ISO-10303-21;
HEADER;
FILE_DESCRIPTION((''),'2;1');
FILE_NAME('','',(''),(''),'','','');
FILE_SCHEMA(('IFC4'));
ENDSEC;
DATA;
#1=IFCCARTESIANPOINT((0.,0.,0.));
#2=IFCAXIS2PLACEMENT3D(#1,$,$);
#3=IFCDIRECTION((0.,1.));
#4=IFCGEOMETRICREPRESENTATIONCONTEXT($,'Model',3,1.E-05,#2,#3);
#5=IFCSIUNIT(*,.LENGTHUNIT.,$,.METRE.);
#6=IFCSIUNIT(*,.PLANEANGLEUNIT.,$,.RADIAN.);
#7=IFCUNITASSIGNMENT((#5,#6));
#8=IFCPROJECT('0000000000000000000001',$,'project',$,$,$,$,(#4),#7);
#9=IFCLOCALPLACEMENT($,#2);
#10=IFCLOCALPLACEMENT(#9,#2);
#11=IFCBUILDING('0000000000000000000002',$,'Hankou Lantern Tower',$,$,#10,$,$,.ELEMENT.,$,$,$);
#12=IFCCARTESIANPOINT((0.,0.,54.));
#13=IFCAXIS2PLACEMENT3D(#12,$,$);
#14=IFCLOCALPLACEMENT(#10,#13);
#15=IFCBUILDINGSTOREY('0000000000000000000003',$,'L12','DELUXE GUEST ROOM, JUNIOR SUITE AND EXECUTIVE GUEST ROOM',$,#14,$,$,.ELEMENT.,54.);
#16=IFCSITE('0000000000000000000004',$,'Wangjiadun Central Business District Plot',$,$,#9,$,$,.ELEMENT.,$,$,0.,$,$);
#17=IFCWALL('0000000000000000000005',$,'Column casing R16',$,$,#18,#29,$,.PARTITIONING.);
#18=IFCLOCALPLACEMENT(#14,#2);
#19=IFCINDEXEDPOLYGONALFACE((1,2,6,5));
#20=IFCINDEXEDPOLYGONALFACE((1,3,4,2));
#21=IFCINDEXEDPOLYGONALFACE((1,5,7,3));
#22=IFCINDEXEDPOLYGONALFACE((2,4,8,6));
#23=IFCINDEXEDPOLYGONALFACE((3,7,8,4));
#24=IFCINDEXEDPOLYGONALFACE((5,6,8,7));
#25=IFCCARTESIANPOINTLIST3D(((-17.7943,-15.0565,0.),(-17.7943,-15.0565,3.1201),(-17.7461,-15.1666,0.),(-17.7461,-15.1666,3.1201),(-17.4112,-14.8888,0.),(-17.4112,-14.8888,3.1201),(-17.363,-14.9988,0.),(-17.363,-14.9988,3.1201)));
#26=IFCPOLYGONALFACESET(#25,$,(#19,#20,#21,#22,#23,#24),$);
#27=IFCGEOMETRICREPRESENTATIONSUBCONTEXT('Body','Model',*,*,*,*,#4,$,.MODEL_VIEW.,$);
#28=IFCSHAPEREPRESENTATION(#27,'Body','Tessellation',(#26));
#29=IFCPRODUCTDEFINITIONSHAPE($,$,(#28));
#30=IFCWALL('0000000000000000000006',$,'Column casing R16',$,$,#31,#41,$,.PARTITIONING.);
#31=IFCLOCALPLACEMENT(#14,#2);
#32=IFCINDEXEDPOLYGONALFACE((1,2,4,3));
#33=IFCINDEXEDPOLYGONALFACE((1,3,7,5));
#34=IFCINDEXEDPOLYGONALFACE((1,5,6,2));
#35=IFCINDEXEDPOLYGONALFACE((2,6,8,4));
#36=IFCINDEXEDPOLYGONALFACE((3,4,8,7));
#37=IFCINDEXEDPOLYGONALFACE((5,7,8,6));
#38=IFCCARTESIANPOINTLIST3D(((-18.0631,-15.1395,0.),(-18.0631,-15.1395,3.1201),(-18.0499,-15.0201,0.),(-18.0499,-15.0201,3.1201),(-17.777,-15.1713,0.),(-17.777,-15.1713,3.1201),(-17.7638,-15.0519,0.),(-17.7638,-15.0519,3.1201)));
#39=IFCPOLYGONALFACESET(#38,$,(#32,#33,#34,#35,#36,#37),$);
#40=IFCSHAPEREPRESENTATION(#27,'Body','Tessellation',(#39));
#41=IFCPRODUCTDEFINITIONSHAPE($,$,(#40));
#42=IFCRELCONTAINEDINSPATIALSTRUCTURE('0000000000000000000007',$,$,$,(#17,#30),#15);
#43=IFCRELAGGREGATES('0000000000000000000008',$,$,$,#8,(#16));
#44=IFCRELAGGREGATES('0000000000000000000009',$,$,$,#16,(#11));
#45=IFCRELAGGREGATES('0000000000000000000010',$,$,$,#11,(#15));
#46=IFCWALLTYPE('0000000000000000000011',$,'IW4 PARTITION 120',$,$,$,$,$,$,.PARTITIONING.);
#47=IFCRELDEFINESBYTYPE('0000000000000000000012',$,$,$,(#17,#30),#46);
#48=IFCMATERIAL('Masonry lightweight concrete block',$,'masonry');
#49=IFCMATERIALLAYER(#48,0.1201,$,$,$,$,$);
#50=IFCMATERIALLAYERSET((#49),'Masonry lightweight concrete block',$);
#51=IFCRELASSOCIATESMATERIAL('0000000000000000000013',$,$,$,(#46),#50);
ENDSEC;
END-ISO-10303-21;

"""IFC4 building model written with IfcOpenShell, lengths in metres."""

from ifc_helpers import new_model, si_unit, direction, frame, frame_2d, origin, place, context, subcontext, project, spatial, rectangle, extrude, material, layer, layer_set, type_object, element, save


model = new_model("IFC4")

# Units and contexts
model_context = context("Model", 3, precision=1e-05, world=origin(), true_north=direction((0.0, 1.0)))
body_context = subcontext(model_context, "Body", "Model", "MODEL_VIEW")
ifc_project = project(units=[si_unit("LENGTHUNIT", "METRE"), si_unit("PLANEANGLEUNIT", "RADIAN")], contexts=[model_context])

# Site, building, storey
site_placement = place(None, origin())
site = spatial("IfcSite", under=ifc_project, at=site_placement, Name="Wangjiadun Central Business District Plot", CompositionType="ELEMENT", RefElevation=0.0)
building_placement = place(site_placement, origin())
building = spatial("IfcBuilding", under=site, at=building_placement, Name="Hankou Lantern Tower", CompositionType="ELEMENT")
storey_placement = place(building_placement, frame((0.0, 0.0, 54.0)))
storey = spatial("IfcBuildingStorey", under=building, at=storey_placement, Name="L12", Description="DELUXE GUEST ROOM, JUNIOR SUITE AND EXECUTIVE GUEST ROOM", CompositionType="ELEMENT", Elevation=54.0)

# Walls
ifc_material_1 = material(Name="Masonry lightweight concrete block", Category="masonry")
ifc_layer_1 = layer(ifc_material_1, 0.1201)
ifc_layer_set_1 = layer_set([ifc_layer_1], Name="Masonry lightweight concrete block")
wall_type_1 = type_object("IfcWallType", Name="IW4 PARTITION 120", PredefinedType="PARTITIONING", material=ifc_layer_set_1)
wall_1_placement = place(storey_placement, frame((-17.3872, -14.9438, 0.0), z_axis=(0.0, 0.0, 1.0), x_axis=(-0.916037, -0.401094, 0.0)))
element("IfcWall", 1, at=wall_1_placement, inside=storey, type_object=wall_type_1, Name="Column casing R16", PredefinedType="PARTITIONING", context=body_context, shape_type="SweptSolid", body=[
    extrude(rectangle(XDim=0.4182, YDim=0.1201, at=frame_2d((0.209, 0.0))), origin(), (0.0, 0.0, 1.0), 3.1201),
])
wall_2_placement = place(storey_placement, frame((-17.7703, -15.1116, 0.0), z_axis=(0.0, 0.0, 1.0), x_axis=(-0.993904, 0.110245, 0.0)))
element("IfcWall", 2, at=wall_2_placement, inside=storey, type_object=wall_type_1, Name="Column casing R16", PredefinedType="PARTITIONING", context=body_context, shape_type="SweptSolid", body=[
    extrude(rectangle(XDim=0.2878, YDim=0.1201, at=frame_2d((0.144, 0.0))), origin(), (0.0, 0.0, 1.0), 3.1201),
])

save(model, "model.ifc")
